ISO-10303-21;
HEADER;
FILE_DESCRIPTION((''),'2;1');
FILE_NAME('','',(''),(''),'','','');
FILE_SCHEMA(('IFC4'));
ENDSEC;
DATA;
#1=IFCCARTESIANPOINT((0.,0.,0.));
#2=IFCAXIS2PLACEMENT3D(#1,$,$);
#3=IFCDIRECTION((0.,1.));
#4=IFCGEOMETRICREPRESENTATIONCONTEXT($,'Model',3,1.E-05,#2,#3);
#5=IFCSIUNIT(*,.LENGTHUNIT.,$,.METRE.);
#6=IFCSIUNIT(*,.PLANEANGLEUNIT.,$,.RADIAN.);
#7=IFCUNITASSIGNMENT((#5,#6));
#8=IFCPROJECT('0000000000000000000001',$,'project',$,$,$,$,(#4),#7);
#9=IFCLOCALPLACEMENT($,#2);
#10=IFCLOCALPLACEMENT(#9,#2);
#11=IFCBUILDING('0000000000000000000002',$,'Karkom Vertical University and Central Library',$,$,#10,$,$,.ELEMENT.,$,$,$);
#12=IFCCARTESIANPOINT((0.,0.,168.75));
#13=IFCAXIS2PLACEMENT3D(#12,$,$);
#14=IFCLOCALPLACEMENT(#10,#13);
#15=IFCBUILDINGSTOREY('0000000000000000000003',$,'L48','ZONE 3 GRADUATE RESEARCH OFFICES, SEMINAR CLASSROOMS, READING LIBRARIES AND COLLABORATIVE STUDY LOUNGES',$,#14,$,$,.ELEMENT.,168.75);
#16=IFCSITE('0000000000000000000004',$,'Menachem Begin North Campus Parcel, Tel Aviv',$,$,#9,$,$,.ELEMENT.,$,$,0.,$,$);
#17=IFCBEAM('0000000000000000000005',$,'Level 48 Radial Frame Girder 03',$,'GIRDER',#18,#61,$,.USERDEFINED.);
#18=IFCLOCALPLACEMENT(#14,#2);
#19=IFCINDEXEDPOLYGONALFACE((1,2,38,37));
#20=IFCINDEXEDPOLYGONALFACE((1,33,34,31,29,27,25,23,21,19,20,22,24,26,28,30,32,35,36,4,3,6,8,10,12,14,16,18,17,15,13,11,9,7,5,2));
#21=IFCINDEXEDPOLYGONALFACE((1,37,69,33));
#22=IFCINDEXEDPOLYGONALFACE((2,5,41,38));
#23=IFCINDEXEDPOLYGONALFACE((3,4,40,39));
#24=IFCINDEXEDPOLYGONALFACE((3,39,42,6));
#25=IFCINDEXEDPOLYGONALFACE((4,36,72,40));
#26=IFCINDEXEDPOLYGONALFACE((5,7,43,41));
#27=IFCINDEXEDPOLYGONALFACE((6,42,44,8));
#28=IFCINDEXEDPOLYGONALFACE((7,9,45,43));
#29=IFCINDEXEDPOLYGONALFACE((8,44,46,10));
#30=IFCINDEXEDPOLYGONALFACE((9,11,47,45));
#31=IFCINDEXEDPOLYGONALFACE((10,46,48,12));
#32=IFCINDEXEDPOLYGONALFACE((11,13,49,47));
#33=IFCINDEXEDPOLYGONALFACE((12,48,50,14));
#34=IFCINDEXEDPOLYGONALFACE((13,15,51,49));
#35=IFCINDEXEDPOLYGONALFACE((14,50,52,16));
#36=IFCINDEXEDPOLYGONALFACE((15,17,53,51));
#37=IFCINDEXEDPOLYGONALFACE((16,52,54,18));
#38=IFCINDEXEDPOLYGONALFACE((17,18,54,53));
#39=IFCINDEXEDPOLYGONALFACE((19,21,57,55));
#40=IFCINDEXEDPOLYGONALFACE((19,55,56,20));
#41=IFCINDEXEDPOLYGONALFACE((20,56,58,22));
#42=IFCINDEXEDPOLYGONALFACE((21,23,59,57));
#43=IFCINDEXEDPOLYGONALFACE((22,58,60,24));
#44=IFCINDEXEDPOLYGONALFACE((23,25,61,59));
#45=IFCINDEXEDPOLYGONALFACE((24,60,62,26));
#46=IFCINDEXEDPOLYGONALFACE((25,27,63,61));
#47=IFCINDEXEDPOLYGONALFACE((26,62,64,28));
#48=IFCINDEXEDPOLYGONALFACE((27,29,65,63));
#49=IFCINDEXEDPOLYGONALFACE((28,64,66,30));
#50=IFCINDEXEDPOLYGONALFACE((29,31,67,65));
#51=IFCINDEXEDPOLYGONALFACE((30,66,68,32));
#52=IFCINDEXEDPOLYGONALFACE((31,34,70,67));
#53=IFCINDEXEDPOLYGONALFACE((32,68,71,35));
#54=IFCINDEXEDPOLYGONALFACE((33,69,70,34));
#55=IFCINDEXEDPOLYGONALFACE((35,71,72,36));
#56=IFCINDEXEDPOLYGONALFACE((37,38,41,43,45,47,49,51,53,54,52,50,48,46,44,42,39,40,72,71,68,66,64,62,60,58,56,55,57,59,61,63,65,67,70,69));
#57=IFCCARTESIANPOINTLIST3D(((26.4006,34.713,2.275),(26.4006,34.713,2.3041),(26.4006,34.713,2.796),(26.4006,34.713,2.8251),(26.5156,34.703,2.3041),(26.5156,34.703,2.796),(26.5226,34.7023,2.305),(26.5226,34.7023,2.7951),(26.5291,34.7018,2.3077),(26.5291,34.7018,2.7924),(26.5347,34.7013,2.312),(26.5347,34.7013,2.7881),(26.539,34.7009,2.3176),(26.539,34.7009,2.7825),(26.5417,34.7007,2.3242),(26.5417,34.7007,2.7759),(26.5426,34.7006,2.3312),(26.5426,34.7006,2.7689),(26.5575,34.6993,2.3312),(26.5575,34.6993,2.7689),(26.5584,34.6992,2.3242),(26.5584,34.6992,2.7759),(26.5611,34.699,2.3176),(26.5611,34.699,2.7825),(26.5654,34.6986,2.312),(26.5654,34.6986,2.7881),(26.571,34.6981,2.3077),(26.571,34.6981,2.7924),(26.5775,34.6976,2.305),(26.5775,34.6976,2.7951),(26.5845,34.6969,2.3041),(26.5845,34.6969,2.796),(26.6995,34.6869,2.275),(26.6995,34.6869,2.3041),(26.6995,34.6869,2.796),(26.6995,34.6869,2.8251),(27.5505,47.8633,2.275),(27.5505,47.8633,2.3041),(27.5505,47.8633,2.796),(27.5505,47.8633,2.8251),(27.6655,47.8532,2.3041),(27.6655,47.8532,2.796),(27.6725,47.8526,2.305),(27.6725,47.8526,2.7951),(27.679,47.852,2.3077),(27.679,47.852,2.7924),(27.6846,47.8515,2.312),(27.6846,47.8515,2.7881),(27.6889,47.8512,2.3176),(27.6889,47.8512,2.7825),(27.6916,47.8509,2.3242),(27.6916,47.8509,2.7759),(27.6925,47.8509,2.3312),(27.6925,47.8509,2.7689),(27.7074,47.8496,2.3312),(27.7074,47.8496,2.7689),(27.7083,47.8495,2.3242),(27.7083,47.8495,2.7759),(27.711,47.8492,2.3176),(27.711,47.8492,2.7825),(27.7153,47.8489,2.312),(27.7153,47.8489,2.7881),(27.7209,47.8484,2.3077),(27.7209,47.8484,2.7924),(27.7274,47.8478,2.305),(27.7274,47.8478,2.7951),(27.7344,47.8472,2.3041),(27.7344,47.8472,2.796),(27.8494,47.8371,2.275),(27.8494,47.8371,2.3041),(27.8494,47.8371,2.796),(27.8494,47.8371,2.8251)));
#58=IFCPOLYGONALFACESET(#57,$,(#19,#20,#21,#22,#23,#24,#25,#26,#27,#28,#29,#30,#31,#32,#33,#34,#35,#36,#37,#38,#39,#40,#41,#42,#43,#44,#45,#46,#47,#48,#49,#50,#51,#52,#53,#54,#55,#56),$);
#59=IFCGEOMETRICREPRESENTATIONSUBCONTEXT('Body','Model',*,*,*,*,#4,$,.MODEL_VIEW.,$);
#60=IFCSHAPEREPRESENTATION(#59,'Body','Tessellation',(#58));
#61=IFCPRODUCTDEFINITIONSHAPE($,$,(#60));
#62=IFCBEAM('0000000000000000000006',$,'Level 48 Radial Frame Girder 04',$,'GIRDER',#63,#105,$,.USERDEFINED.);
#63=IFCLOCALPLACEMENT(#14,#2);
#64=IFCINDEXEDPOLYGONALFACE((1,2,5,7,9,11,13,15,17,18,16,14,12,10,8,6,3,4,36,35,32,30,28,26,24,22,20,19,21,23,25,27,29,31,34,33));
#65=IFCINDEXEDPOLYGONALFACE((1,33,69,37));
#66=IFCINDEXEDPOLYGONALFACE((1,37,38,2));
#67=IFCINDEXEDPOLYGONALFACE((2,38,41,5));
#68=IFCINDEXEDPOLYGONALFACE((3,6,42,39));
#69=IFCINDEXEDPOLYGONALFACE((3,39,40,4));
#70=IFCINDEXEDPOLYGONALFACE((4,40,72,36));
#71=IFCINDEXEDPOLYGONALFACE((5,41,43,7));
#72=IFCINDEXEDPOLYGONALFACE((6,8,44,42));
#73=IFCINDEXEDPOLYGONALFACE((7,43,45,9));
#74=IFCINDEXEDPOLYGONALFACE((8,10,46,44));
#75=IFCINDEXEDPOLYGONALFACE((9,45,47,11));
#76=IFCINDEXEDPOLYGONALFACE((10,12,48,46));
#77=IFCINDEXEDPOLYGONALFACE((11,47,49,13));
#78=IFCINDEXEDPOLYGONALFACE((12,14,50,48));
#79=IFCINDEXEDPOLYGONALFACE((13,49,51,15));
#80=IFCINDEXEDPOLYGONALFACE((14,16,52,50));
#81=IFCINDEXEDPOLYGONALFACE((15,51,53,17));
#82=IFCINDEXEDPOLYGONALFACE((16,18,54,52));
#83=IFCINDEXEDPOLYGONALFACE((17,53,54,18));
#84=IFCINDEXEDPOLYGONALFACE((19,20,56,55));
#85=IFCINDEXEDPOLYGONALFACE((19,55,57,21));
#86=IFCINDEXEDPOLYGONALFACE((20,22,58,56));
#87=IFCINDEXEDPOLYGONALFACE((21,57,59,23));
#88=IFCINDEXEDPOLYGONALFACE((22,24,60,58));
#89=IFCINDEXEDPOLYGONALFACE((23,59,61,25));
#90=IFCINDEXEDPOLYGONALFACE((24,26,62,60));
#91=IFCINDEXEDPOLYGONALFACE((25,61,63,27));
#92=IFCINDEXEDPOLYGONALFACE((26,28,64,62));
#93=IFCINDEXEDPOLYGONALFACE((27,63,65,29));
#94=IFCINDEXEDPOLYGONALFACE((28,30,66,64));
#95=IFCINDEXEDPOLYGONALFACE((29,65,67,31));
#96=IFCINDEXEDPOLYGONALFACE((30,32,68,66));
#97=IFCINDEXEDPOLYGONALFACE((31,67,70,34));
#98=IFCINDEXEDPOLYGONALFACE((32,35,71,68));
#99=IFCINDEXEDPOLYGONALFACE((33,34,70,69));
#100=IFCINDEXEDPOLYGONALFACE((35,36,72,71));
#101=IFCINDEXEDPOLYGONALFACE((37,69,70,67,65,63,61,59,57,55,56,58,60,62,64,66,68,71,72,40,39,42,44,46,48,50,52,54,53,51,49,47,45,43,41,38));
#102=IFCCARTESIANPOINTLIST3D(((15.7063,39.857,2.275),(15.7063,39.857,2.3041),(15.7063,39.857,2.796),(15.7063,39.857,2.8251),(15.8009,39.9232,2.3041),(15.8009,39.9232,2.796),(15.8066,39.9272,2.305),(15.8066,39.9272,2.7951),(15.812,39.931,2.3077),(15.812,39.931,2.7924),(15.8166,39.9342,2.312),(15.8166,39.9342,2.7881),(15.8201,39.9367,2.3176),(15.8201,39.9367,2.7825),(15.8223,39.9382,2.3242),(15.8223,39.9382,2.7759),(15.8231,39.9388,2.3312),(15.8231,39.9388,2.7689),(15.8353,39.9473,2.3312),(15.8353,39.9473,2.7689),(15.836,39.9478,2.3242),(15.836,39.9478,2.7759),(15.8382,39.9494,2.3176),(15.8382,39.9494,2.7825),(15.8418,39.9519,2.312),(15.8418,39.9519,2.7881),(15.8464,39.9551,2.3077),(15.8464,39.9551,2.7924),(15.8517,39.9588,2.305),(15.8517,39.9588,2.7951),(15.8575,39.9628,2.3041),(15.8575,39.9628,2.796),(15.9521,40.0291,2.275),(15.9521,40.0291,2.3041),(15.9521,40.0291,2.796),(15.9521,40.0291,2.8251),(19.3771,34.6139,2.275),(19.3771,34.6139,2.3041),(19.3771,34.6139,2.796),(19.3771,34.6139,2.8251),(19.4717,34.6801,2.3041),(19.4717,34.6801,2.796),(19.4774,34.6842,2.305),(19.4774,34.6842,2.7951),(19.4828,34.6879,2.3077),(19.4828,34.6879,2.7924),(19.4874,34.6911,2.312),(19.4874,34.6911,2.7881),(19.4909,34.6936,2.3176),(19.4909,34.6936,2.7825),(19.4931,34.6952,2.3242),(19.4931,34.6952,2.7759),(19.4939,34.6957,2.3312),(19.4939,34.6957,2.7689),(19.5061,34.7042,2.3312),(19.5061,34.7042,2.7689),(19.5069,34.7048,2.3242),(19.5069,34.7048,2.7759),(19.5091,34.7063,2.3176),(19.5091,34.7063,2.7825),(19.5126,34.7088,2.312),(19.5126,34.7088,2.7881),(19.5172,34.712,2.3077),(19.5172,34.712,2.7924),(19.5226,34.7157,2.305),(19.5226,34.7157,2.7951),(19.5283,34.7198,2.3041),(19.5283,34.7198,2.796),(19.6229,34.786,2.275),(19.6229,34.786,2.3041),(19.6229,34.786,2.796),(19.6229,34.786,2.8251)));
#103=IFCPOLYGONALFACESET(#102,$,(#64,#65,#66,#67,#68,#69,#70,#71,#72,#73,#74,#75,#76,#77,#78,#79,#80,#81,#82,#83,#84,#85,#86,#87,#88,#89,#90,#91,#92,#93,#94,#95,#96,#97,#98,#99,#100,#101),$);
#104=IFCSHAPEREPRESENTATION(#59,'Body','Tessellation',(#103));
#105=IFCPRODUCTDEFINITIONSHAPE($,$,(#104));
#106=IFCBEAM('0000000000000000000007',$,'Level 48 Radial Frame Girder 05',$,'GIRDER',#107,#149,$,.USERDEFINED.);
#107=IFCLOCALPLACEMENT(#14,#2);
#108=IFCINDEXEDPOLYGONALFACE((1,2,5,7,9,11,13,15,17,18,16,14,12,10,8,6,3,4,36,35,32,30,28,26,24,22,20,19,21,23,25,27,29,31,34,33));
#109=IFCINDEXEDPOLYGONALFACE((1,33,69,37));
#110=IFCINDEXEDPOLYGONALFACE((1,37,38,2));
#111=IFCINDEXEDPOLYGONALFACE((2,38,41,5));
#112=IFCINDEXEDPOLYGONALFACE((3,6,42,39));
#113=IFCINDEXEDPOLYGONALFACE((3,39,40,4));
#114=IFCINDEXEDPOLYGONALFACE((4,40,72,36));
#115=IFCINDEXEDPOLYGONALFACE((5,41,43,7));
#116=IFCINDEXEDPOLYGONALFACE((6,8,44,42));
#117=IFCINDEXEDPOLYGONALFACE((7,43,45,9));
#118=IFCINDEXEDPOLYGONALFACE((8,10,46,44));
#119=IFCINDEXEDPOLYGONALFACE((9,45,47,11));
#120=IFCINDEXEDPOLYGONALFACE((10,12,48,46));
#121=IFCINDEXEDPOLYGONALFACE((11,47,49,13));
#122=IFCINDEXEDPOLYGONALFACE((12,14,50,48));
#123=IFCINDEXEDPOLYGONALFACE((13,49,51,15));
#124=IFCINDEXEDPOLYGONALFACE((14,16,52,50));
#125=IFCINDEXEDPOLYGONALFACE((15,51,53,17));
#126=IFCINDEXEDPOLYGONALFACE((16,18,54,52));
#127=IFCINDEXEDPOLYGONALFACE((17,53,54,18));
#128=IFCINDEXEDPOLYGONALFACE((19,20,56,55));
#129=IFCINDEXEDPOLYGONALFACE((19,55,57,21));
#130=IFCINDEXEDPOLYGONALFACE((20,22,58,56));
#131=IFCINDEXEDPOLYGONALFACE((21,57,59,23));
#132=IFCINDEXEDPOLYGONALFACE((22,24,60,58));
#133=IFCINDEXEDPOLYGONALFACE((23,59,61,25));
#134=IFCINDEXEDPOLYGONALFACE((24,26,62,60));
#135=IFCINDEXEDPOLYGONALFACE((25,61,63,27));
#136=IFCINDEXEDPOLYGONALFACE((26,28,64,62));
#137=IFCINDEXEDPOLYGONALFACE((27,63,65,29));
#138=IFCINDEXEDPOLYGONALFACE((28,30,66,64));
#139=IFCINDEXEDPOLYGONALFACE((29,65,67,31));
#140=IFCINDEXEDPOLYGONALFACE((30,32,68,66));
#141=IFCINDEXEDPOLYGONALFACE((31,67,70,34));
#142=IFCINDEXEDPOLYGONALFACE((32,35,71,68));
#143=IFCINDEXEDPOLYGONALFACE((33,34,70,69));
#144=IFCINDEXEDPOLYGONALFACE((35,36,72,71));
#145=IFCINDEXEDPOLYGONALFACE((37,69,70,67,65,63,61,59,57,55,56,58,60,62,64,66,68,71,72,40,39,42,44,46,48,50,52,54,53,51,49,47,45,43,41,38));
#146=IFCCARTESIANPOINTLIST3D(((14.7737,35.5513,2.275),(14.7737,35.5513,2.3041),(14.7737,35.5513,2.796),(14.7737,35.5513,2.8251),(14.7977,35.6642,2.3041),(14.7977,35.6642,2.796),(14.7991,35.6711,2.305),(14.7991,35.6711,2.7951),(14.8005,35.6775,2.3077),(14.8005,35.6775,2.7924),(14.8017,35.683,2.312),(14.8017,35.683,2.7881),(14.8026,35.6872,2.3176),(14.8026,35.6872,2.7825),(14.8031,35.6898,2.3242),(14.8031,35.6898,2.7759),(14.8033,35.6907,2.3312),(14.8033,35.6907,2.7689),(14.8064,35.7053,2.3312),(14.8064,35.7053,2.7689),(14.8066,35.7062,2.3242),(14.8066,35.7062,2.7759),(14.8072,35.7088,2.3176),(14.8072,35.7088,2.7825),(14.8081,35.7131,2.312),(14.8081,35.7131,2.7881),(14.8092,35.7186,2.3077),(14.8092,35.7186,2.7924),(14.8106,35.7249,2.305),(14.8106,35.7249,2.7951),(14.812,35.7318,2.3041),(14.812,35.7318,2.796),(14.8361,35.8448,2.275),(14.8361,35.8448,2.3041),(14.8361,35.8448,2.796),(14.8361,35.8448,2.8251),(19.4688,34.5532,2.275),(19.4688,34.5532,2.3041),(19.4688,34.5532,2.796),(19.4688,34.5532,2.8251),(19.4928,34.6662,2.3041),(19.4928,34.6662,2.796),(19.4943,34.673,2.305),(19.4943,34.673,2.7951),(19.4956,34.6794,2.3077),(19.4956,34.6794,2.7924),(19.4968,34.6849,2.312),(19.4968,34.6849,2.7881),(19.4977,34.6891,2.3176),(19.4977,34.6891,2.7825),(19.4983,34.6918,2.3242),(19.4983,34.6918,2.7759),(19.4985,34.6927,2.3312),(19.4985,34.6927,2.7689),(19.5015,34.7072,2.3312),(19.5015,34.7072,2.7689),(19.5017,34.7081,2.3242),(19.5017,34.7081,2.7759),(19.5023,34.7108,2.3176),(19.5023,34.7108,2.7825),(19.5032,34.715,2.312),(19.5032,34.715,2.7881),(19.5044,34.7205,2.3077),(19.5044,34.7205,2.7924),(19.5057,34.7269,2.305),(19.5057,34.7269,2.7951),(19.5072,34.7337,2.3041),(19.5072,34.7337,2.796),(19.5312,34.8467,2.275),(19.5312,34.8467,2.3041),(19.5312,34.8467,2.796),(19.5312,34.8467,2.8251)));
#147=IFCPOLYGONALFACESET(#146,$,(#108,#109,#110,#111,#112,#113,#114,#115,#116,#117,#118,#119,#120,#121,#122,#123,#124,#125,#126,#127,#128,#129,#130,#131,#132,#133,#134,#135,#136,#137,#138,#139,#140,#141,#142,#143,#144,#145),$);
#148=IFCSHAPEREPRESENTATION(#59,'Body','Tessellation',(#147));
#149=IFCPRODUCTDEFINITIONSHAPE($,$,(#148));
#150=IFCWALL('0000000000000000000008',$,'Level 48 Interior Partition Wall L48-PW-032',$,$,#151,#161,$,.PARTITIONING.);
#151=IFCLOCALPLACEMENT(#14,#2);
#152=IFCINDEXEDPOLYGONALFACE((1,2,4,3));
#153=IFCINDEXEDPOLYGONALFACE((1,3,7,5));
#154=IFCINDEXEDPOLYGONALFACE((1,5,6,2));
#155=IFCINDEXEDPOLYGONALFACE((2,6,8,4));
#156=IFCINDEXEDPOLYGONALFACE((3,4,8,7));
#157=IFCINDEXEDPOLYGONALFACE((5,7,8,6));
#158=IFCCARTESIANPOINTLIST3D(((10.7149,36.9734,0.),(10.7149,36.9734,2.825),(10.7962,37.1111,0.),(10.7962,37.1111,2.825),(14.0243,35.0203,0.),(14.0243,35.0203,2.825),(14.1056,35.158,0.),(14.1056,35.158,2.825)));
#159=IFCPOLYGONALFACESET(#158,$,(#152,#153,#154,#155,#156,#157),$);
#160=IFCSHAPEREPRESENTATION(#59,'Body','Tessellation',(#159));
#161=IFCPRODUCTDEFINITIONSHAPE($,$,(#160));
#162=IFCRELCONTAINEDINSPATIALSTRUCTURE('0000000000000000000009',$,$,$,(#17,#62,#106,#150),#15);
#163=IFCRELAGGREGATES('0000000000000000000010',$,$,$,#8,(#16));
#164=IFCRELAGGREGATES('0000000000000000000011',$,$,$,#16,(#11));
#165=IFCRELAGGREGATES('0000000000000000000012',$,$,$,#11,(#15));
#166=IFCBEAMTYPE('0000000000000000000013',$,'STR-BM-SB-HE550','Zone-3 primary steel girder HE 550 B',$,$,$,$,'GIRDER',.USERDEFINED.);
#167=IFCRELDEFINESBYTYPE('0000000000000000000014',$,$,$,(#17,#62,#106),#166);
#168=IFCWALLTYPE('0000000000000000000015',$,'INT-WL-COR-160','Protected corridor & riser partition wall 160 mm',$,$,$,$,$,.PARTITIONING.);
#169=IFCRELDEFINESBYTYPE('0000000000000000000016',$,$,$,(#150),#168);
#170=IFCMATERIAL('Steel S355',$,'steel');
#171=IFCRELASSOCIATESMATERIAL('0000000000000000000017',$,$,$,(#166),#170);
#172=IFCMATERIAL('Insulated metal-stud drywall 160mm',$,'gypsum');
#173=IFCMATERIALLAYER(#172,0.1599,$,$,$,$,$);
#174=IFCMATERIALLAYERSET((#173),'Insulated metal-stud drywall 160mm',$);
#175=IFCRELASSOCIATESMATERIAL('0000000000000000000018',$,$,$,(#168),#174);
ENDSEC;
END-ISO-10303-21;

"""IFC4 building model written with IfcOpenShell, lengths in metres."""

from ifc_helpers import new_model, si_unit, direction, frame, frame_2d, origin, origin_with_axes, origin_2d, place, context, subcontext, project, spatial, rectangle, i_section, extrude, source, transform, mapped, material, layer, layer_set, material_profile, profile_set, type_object, element, save


model = new_model("IFC4")

# Units and contexts
model_context = context("Model", 3, precision=1e-05, world=origin(), true_north=direction((0.0, 1.0)))
body_context = subcontext(model_context, "Body", "Model", "MODEL_VIEW")
ifc_project = project(units=[si_unit("LENGTHUNIT", "METRE"), si_unit("PLANEANGLEUNIT", "RADIAN")], contexts=[model_context])

# Site, building, storey
site_placement = place(None, origin())
site = spatial("IfcSite", under=ifc_project, at=site_placement, Name="Menachem Begin North Campus Parcel, Tel Aviv", CompositionType="ELEMENT", RefElevation=0.0)
building_placement = place(site_placement, origin())
building = spatial("IfcBuilding", under=site, at=building_placement, Name="Karkom Vertical University and Central Library", CompositionType="ELEMENT")
storey_placement = place(building_placement, frame((0.0, 0.0, 168.75)))
storey = spatial("IfcBuildingStorey", under=building, at=storey_placement, Name="L48", Description="ZONE 3 GRADUATE RESEARCH OFFICES, SEMINAR CLASSROOMS, READING LIBRARIES AND COLLABORATIVE STUDY LOUNGES", CompositionType="ELEMENT", Elevation=168.75)

# Beams
ifc_material_1 = material(Name="Steel S355", Category="steel")
ifc_material_profile_1 = material_profile(ifc_material_1, i_section(OverallWidth=0.3, OverallDepth=0.55, WebThickness=0.0149, FlangeThickness=0.0291, FilletRadius=0.0271, at=origin_2d()), Name="HE 550 B")
ifc_profile_set_1 = profile_set([ifc_material_profile_1], Name="Steel S355")
beam_type_1 = type_object("IfcBeamType", Name="STR-BM-SB-HE550", Description="Zone-3 primary steel girder HE 550 B", ElementType="GIRDER", PredefinedType="USERDEFINED", material=ifc_profile_set_1)
shared_shape_1 = source(origin_with_axes(), body_context, "Body", "SweptSolid", [
    extrude(i_section(OverallWidth=0.3, OverallDepth=0.55, WebThickness=0.0149, FlangeThickness=0.0291, FilletRadius=0.0271, at=origin_2d()), origin(), (0.0, 0.0, 1.0), 13.2004),
])
beam_1_placement = place(storey_placement, frame((26.55, 34.7, 2.55), z_axis=(0.087112, 0.996199, 0.0), x_axis=(-0.996199, 0.087112, 0.0)))
element("IfcBeam", 1, at=beam_1_placement, inside=storey, type_object=beam_type_1, Name="Level 48 Radial Frame Girder 03", ObjectType="GIRDER", PredefinedType="USERDEFINED", context=body_context, shape_type="MappedRepresentation", body=[
    mapped(shared_shape_1, transform((0.0, 0.0, 0.0), scale=1.0)),
])
shared_shape_2 = source(origin_with_axes(), body_context, "Body", "SweptSolid", [
    extrude(i_section(OverallWidth=0.3, OverallDepth=0.55, WebThickness=0.0149, FlangeThickness=0.0291, FilletRadius=0.0271, at=origin_2d()), origin(), (0.0, 0.0, 1.0), 6.4004),
])
beam_2_placement = place(storey_placement, frame((19.5, 34.7, 2.55), z_axis=(-0.573534, 0.819182, 0.0), x_axis=(-0.819182, -0.573534, 0.0)))
element("IfcBeam", 2, at=beam_2_placement, inside=storey, type_object=beam_type_1, Name="Level 48 Radial Frame Girder 04", ObjectType="GIRDER", PredefinedType="USERDEFINED", context=body_context, shape_type="MappedRepresentation", body=[
    mapped(shared_shape_2, transform((0.0, 0.0, 0.0), scale=1.0)),
])
shared_shape_3 = source(origin_with_axes(), body_context, "Body", "SweptSolid", [
    extrude(i_section(OverallWidth=0.3, OverallDepth=0.55, WebThickness=0.0149, FlangeThickness=0.0291, FilletRadius=0.0271, at=origin_2d()), origin(), (0.0, 0.0, 1.0), 4.8),
])
beam_3_placement = place(storey_placement, frame((19.5, 34.7, 2.55), z_axis=(-0.978144, 0.207927, 0.0), x_axis=(-0.207927, -0.978144, 0.0)))
element("IfcBeam", 3, at=beam_3_placement, inside=storey, type_object=beam_type_1, Name="Level 48 Radial Frame Girder 05", ObjectType="GIRDER", PredefinedType="USERDEFINED", context=body_context, shape_type="MappedRepresentation", body=[
    mapped(shared_shape_3, transform((0.0, 0.0, 0.0), scale=1.0)),
])

# Wall
ifc_material_2 = material(Name="Insulated metal-stud drywall 160mm", Category="gypsum")
ifc_layer_1 = layer(ifc_material_2, 0.1599)
ifc_layer_set_1 = layer_set([ifc_layer_1], Name="Insulated metal-stud drywall 160mm")
wall_type_1 = type_object("IfcWallType", Name="INT-WL-COR-160", Description="Protected corridor & riser partition wall 160 mm", PredefinedType="PARTITIONING", material=ifc_layer_set_1)
wall_1_placement = place(storey_placement, frame((14.0649, 35.0891, 0.0), z_axis=(0.0, 0.0, 1.0), x_axis=(-0.861198, 0.508269, 0.0)))
element("IfcWall", 4, at=wall_1_placement, inside=storey, type_object=wall_type_1, Name="Level 48 Interior Partition Wall L48-PW-032", PredefinedType="PARTITIONING", context=body_context, shape_type="SweptSolid", body=[
    extrude(rectangle(XDim=3.8428, YDim=0.1599, at=frame_2d((1.9214, 0.0))), origin(), (0.0, 0.0, 1.0), 2.825),
])

save(model, "model.ifc")
